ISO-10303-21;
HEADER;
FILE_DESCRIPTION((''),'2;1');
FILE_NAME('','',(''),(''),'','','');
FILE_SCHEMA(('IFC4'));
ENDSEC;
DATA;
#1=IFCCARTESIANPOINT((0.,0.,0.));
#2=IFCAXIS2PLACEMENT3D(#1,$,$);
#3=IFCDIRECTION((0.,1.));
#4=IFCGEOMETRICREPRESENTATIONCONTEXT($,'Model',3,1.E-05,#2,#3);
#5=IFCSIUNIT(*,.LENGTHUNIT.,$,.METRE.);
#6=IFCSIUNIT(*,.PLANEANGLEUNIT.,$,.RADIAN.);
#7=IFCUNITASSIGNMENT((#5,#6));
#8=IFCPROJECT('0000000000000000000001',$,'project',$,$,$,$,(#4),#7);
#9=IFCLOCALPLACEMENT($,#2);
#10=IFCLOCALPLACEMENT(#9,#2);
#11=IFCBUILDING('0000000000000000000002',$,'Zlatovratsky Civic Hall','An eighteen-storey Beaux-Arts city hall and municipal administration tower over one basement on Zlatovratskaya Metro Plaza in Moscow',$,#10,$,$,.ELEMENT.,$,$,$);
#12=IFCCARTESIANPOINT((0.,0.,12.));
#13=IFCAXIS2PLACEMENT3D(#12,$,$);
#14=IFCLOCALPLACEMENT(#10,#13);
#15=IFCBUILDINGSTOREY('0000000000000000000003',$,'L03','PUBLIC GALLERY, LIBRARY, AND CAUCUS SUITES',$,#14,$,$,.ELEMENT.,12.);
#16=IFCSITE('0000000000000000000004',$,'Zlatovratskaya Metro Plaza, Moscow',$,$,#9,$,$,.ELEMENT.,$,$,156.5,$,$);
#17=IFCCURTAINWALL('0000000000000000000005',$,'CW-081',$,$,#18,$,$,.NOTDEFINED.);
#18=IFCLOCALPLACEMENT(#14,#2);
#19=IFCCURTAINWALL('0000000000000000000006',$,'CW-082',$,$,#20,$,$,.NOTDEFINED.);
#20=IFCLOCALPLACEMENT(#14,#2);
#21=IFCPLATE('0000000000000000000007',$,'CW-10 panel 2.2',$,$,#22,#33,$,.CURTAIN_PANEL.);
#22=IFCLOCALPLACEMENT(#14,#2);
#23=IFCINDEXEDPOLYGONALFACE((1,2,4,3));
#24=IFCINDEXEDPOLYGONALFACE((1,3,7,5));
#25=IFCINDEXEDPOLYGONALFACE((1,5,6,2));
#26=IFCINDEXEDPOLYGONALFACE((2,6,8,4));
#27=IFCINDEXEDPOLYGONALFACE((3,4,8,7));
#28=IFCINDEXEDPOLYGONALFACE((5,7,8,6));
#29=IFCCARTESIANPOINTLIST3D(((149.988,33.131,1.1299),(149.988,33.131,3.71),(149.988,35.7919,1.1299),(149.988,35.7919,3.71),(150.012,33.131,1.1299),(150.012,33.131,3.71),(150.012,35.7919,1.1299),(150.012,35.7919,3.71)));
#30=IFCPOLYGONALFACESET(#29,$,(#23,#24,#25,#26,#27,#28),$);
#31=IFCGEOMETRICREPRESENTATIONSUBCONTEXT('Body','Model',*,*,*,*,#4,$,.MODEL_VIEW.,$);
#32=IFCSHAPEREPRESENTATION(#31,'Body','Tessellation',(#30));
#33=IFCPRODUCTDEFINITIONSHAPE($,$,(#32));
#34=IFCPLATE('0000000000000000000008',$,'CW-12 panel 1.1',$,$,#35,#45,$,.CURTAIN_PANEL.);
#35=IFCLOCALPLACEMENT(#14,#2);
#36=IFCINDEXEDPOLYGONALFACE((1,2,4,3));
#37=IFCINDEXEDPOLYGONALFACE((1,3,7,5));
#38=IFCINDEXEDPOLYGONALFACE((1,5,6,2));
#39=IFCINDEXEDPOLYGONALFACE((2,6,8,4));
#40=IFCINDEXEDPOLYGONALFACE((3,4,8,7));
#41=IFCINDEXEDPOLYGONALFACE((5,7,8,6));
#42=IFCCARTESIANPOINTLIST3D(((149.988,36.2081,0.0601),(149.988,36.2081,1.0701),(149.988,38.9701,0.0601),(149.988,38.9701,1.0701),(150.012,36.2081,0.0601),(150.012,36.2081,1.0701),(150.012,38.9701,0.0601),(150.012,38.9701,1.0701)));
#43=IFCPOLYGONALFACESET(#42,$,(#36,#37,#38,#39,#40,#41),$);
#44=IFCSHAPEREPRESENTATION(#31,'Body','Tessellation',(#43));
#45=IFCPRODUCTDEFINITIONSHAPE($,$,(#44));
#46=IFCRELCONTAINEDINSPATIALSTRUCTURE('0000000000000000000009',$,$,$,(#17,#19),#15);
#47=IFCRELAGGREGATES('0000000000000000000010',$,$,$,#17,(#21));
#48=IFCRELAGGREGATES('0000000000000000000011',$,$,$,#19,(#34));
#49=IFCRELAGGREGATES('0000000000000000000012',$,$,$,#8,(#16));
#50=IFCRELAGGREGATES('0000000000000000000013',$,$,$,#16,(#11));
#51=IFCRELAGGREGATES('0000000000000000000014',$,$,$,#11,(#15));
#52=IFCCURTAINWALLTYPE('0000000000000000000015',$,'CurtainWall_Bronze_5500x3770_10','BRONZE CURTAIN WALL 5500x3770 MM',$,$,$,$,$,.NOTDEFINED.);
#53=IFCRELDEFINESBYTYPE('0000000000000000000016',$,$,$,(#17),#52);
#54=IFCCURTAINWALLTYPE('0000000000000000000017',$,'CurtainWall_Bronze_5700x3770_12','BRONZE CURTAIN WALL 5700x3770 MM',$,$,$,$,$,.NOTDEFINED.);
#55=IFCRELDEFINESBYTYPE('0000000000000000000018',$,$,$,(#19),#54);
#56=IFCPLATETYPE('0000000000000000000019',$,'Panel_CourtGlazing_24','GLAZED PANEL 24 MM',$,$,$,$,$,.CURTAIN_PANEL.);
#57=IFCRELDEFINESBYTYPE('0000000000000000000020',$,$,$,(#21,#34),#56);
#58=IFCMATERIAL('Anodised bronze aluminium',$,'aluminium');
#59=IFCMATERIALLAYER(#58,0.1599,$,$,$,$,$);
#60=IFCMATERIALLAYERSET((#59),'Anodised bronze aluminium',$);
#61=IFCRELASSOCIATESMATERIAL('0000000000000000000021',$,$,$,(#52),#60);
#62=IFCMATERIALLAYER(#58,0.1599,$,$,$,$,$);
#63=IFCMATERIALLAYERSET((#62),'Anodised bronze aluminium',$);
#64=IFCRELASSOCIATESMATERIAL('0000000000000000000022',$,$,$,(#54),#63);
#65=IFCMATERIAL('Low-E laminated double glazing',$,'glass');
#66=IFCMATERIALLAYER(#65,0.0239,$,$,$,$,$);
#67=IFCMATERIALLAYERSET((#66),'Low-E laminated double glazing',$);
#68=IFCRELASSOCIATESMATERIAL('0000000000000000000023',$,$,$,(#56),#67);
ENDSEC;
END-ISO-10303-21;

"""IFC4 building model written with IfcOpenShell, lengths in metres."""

from ifc_helpers import new_model, si_unit, direction, frame, origin, origin_2d, place, context, subcontext, project, spatial, rectangle, extrude, material, layer, layer_set, type_object, element, aggregate, save


model = new_model("IFC4")

# Units and contexts
model_context = context("Model", 3, precision=1e-05, world=origin(), true_north=direction((0.0, 1.0)))
body_context = subcontext(model_context, "Body", "Model", "MODEL_VIEW")
ifc_project = project(units=[si_unit("LENGTHUNIT", "METRE"), si_unit("PLANEANGLEUNIT", "RADIAN")], contexts=[model_context])

# Site, building, storey
site_placement = place(None, origin())
site = spatial("IfcSite", under=ifc_project, at=site_placement, Name="Zlatovratskaya Metro Plaza, Moscow", CompositionType="ELEMENT", RefElevation=156.5)
building_placement = place(site_placement, origin())
building = spatial("IfcBuilding", under=site, at=building_placement, Name="Zlatovratsky Civic Hall", Description="An eighteen-storey Beaux-Arts city hall and municipal administration tower over one basement on Zlatovratskaya Metro Plaza in Moscow", CompositionType="ELEMENT")
storey_placement = place(building_placement, frame((0.0, 0.0, 12.0)))
storey = spatial("IfcBuildingStorey", under=building, at=storey_placement, Name="L03", Description="PUBLIC GALLERY, LIBRARY, AND CAUCUS SUITES", CompositionType="ELEMENT", Elevation=12.0)

# Curtain wall
ifc_material_1 = material(Name="Anodised bronze aluminium", Category="aluminium")
ifc_layer_1 = layer(ifc_material_1, 0.1599)
ifc_layer_set_1 = layer_set([ifc_layer_1], Name="Anodised bronze aluminium")
curtain_wall_type_1 = type_object("IfcCurtainWallType", Name="CurtainWall_Bronze_5500x3770_10", Description="BRONZE CURTAIN WALL 5500x3770 MM", PredefinedType="NOTDEFINED", material=ifc_layer_set_1)
curtain_wall_1_placement = place(storey_placement, origin())
curtain_wall_1 = element("IfcCurtainWall", 1, at=curtain_wall_1_placement, inside=storey, type_object=curtain_wall_type_1, Name="CW-081", PredefinedType="NOTDEFINED")

# Curtain wall
ifc_layer_2 = layer(ifc_material_1, 0.1599)
ifc_layer_set_2 = layer_set([ifc_layer_2], Name="Anodised bronze aluminium")
curtain_wall_type_2 = type_object("IfcCurtainWallType", Name="CurtainWall_Bronze_5700x3770_12", Description="BRONZE CURTAIN WALL 5700x3770 MM", PredefinedType="NOTDEFINED", material=ifc_layer_set_2)
curtain_wall_2_placement = place(storey_placement, origin())
curtain_wall_2 = element("IfcCurtainWall", 2, at=curtain_wall_2_placement, inside=storey, type_object=curtain_wall_type_2, Name="CW-082", PredefinedType="NOTDEFINED")

# Plates
ifc_material_2 = material(Name="Low-E laminated double glazing", Category="glass")
ifc_layer_3 = layer(ifc_material_2, 0.0239)
ifc_layer_set_3 = layer_set([ifc_layer_3], Name="Low-E laminated double glazing")
plate_type = type_object("IfcPlateType", Name="Panel_CourtGlazing_24", Description="GLAZED PANEL 24 MM", PredefinedType="CURTAIN_PANEL", material=ifc_layer_set_3)
plate_1_placement = place(storey_placement, frame((150.0, 34.4614, 1.1299), z_axis=(0.0, 0.0, 1.0), x_axis=(0.0, 1.0, 0.0)))
plate_1 = element("IfcPlate", 3, at=plate_1_placement, type_object=plate_type, Name="CW-10 panel 2.2", PredefinedType="CURTAIN_PANEL", context=body_context, shape_type="SweptSolid", body=[
    extrude(rectangle(XDim=2.6609, YDim=0.0239, at=origin_2d()), origin(), (0.0, 0.0, 1.0), 2.5801),
])
aggregate(curtain_wall_1, [plate_1])
plate_2_placement = place(storey_placement, frame((150.0, 37.5891, 0.0601), z_axis=(0.0, 0.0, 1.0), x_axis=(0.0, 1.0, 0.0)))
plate_2 = element("IfcPlate", 4, at=plate_2_placement, type_object=plate_type, Name="CW-12 panel 1.1", PredefinedType="CURTAIN_PANEL", context=body_context, shape_type="SweptSolid", body=[
    extrude(rectangle(XDim=2.762, YDim=0.0239, at=origin_2d()), origin(), (0.0, 0.0, 1.0), 1.01),
])
aggregate(curtain_wall_2, [plate_2])

save(model, "model.ifc")
